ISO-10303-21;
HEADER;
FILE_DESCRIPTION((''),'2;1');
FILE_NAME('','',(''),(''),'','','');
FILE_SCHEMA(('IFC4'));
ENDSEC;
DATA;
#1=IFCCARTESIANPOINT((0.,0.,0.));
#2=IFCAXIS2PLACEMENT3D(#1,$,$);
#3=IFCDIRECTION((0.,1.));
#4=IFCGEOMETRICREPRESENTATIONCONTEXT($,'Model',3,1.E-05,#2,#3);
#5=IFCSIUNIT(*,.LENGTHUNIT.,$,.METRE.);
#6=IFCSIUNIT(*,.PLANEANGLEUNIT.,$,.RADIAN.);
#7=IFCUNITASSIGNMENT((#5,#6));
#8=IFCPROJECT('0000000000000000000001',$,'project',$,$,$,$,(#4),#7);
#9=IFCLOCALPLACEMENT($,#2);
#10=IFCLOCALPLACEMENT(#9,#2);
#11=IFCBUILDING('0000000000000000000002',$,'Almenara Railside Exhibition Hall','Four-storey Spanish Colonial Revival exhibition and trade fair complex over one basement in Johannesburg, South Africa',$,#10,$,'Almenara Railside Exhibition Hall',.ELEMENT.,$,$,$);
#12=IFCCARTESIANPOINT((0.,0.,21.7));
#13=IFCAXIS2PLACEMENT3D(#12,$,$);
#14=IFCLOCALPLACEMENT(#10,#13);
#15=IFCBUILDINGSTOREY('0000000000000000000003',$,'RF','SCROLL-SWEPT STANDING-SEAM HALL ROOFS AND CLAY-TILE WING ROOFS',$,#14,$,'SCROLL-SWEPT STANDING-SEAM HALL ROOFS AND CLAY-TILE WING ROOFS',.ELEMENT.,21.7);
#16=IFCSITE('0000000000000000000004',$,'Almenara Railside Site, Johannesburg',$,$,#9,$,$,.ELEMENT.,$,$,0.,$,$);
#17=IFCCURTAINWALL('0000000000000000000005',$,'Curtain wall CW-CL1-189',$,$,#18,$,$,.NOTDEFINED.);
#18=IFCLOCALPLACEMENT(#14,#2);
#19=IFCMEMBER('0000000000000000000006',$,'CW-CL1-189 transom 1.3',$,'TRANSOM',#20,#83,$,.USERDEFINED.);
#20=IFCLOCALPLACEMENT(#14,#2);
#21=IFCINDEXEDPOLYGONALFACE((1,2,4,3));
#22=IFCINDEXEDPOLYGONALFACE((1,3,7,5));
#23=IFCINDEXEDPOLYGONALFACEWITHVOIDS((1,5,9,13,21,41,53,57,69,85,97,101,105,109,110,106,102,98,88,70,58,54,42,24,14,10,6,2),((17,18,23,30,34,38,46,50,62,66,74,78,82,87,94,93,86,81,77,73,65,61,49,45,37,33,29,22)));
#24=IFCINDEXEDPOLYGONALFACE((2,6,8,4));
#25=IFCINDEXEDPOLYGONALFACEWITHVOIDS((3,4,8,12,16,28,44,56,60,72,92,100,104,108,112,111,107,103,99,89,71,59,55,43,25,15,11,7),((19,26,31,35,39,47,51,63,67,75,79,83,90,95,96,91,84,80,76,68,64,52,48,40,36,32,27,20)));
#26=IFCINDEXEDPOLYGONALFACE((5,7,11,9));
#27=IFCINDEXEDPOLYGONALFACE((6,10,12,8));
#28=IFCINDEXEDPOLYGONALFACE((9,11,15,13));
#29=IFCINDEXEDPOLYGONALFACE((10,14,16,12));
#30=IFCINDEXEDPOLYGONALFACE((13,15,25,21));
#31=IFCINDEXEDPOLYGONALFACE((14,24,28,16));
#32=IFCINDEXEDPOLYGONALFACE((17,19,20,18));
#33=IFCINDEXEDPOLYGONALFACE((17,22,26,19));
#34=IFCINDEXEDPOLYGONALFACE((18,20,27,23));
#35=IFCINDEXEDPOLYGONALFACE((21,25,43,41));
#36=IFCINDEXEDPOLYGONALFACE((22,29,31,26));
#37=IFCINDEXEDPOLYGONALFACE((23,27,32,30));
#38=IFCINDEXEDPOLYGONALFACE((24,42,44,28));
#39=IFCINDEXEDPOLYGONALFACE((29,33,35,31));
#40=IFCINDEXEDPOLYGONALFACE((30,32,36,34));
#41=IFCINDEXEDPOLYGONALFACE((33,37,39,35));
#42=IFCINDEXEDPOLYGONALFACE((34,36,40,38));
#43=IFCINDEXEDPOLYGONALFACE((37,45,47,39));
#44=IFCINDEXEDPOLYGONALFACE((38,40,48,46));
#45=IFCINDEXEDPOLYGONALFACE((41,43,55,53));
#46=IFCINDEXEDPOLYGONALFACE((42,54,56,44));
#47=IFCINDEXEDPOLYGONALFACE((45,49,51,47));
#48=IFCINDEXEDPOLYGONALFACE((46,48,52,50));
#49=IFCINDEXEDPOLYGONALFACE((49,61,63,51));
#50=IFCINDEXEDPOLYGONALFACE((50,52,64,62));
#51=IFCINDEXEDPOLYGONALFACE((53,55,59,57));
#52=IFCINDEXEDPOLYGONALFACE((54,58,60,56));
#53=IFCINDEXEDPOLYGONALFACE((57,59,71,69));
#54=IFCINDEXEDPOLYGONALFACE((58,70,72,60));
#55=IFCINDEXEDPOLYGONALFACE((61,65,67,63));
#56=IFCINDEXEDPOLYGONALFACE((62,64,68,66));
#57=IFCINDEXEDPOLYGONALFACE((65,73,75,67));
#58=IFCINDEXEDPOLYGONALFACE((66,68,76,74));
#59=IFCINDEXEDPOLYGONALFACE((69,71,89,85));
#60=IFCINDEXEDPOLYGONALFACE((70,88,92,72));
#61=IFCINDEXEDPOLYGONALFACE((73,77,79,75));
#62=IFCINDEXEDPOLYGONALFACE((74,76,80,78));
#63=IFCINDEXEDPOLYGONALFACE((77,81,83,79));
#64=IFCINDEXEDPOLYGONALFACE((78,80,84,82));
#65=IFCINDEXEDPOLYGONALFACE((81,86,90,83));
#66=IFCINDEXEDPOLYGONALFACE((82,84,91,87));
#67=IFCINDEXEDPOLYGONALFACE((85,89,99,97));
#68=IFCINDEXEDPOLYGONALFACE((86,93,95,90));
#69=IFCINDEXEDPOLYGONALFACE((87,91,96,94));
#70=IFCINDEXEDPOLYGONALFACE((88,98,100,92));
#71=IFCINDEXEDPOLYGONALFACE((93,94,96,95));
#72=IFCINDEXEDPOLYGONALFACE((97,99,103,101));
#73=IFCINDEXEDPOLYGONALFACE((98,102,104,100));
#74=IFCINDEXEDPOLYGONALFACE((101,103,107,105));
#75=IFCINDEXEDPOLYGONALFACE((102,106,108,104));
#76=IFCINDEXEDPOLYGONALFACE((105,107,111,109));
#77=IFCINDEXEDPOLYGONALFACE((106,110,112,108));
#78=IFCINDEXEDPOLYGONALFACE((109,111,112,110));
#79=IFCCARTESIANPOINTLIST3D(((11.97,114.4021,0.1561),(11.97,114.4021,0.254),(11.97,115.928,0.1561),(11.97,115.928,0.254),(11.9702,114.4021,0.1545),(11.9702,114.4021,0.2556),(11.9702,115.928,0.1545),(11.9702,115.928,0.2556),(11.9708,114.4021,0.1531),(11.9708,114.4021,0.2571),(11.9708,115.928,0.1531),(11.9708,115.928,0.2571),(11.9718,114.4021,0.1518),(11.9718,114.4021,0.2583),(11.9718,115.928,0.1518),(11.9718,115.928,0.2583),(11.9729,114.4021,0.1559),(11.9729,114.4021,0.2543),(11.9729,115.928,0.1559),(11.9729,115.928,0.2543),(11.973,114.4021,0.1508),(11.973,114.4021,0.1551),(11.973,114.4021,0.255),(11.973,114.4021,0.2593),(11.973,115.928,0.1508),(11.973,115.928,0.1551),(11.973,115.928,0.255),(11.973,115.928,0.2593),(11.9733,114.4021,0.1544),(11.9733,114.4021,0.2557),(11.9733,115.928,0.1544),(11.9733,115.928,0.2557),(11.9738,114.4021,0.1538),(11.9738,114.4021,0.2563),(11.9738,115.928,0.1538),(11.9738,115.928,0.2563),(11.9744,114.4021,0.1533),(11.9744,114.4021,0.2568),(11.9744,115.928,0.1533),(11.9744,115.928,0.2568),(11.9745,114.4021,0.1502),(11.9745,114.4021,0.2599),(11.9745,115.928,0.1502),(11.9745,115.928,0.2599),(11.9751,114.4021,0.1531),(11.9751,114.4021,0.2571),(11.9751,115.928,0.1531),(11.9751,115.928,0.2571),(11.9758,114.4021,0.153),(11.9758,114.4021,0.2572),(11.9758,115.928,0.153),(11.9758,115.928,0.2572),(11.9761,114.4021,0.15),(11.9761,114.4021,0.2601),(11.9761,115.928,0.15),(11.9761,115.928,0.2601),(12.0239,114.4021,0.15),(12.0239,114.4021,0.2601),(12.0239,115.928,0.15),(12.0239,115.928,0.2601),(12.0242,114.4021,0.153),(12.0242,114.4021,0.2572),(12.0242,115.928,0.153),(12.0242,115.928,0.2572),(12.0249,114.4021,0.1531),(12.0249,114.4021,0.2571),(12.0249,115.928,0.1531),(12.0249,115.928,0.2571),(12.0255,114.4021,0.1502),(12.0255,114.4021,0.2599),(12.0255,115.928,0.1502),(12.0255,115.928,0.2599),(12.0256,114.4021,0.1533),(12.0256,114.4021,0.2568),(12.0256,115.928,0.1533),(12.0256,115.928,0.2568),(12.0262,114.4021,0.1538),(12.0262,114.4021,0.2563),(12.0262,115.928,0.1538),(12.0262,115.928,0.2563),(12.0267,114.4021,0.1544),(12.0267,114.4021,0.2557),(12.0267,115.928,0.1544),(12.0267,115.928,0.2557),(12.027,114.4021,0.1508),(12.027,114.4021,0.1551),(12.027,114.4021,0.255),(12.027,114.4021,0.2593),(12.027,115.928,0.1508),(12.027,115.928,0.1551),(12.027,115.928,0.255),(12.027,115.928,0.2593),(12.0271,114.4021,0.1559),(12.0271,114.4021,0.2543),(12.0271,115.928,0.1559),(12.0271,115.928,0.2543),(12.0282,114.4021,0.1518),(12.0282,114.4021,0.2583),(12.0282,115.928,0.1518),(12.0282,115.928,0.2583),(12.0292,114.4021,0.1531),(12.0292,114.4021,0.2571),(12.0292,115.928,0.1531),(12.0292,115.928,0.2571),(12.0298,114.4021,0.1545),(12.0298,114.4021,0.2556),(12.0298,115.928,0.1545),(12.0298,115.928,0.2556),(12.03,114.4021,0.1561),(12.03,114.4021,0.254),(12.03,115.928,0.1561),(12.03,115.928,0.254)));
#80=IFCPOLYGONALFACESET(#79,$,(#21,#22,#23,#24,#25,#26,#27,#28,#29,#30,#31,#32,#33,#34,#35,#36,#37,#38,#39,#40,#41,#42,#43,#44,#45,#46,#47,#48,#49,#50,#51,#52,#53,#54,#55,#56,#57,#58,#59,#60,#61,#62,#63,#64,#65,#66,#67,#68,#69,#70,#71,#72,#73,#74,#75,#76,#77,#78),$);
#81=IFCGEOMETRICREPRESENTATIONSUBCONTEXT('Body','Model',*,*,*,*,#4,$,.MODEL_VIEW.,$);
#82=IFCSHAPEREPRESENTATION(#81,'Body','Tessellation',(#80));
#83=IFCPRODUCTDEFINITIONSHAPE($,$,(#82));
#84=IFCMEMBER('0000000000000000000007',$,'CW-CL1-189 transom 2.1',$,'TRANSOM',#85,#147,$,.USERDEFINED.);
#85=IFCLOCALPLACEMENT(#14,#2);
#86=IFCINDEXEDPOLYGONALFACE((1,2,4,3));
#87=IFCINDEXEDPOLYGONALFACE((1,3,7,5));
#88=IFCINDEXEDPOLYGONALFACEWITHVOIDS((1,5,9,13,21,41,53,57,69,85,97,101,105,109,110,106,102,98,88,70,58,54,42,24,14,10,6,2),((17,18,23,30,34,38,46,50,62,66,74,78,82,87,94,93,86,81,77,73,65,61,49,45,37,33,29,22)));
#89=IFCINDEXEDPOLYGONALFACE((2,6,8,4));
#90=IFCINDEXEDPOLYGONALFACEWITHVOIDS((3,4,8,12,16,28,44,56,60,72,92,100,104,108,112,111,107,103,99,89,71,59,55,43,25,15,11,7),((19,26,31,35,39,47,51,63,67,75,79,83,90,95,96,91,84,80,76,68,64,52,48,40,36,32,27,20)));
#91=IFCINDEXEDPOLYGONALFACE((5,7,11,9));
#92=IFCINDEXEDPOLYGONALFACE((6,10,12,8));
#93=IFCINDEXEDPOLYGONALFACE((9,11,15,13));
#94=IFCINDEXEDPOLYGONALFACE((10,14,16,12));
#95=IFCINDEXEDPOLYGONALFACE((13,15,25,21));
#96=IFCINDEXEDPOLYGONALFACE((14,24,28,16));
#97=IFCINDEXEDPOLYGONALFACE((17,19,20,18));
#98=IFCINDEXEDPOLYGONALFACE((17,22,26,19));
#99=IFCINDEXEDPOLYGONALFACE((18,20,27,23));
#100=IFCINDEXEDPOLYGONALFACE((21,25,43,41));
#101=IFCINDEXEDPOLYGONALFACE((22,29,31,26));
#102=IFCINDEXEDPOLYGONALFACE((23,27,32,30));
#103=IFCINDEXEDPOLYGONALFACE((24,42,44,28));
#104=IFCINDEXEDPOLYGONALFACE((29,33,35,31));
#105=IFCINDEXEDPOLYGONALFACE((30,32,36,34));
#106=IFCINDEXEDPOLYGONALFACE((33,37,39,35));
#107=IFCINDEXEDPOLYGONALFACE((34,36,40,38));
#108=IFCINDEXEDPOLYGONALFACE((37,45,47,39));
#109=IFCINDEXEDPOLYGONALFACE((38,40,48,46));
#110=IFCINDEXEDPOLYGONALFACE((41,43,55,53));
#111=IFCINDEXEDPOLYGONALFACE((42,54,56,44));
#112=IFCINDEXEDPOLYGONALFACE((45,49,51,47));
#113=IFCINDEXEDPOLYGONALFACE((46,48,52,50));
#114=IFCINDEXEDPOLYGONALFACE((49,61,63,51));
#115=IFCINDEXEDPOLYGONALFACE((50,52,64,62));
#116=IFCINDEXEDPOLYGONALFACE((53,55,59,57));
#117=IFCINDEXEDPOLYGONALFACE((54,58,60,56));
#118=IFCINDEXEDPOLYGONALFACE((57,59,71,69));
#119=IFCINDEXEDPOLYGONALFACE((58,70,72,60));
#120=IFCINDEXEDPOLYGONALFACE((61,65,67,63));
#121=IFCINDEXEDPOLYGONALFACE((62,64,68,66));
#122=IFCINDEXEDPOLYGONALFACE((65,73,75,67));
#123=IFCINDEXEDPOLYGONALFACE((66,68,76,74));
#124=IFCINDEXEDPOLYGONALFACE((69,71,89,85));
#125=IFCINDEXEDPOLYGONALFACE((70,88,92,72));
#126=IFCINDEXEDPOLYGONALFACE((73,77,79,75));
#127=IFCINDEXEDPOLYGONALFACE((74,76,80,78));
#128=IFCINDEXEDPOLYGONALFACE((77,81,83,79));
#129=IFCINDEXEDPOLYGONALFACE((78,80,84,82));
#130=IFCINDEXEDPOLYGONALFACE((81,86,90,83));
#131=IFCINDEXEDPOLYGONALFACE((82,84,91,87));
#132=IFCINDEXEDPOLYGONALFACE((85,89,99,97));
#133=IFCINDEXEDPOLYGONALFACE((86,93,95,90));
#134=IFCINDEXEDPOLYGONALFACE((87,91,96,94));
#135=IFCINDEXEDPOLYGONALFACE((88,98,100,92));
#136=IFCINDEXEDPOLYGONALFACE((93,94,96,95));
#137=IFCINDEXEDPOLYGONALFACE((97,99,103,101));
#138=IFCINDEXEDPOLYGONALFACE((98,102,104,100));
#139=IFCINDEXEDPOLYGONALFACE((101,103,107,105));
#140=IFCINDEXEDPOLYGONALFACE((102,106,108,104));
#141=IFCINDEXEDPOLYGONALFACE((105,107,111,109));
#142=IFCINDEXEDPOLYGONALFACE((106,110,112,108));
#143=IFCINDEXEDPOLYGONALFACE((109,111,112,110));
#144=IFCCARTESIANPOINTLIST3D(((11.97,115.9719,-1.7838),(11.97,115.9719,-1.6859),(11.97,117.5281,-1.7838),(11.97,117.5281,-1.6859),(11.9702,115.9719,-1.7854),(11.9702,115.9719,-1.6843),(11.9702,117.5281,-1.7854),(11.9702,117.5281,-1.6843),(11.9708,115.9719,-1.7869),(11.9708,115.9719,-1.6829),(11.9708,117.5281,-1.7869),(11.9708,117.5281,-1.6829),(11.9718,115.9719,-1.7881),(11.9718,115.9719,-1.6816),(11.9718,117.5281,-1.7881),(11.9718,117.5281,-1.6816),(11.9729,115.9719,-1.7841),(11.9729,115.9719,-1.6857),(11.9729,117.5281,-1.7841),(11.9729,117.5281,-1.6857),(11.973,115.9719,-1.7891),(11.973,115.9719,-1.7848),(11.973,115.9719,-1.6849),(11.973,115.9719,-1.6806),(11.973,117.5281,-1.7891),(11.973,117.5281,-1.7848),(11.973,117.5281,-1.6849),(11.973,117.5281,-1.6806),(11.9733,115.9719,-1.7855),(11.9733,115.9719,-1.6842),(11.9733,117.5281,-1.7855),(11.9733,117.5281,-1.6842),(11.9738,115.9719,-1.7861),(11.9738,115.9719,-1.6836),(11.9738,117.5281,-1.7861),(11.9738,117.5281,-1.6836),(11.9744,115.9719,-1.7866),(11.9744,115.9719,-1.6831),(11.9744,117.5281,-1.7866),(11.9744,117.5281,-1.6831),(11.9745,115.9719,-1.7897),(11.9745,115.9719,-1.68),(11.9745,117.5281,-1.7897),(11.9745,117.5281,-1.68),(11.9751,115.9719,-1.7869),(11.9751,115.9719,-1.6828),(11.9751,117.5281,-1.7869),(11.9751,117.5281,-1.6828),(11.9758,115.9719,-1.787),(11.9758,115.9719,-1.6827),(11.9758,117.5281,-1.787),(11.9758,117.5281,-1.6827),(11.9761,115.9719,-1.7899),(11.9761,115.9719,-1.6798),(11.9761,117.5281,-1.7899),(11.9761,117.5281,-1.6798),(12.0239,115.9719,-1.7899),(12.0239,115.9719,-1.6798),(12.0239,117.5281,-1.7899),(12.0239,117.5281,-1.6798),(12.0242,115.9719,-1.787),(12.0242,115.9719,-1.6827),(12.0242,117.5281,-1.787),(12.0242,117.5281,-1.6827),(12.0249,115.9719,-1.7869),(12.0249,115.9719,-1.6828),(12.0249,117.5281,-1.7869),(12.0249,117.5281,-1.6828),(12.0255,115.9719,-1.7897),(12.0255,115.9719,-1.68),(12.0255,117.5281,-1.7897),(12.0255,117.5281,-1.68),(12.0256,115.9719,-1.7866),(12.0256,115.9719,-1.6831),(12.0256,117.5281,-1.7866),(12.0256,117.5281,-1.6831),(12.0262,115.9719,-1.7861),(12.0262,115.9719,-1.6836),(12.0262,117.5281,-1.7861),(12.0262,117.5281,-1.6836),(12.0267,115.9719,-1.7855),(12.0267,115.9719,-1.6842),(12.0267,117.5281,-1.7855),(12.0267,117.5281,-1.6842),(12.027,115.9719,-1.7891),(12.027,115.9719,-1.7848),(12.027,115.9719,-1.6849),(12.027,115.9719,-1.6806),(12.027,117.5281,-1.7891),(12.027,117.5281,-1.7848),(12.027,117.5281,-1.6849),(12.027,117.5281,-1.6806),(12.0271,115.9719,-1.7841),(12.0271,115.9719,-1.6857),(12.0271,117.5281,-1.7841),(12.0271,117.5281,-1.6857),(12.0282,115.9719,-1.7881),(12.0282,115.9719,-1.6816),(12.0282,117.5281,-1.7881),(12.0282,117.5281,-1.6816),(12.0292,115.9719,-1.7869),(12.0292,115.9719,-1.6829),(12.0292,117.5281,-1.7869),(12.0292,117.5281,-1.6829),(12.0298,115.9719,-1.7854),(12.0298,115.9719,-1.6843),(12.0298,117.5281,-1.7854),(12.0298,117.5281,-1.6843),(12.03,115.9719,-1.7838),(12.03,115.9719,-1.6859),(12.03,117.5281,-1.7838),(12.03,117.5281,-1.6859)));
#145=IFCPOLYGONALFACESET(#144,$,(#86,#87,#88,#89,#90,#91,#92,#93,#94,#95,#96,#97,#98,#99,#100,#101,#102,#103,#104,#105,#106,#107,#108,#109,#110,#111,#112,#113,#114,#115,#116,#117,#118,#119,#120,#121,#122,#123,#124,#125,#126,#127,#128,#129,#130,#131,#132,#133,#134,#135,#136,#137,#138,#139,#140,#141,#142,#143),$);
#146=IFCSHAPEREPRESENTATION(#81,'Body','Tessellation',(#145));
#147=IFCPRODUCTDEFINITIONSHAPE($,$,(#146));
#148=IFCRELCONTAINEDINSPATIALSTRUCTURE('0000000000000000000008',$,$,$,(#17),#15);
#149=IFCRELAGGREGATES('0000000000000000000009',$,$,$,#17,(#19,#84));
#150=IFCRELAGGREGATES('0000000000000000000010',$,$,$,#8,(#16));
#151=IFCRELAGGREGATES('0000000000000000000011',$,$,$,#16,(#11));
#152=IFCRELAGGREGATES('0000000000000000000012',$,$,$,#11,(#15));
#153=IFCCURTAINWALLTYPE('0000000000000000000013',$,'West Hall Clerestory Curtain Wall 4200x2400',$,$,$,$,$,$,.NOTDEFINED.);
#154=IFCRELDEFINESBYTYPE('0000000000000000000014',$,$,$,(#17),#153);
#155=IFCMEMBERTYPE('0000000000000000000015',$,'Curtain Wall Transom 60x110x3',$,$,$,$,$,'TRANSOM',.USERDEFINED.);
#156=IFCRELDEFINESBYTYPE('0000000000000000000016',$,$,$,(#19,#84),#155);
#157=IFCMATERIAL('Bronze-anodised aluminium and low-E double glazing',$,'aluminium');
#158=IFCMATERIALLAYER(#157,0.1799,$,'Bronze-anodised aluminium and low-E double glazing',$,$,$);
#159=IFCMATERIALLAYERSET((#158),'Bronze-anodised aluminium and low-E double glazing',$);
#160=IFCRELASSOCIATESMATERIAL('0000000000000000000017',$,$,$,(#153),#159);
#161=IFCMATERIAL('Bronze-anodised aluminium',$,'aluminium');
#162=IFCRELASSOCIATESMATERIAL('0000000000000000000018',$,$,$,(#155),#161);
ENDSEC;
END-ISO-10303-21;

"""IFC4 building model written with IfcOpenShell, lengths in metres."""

from ifc_helpers import new_model, si_unit, direction, frame, origin, origin_2d, place, context, subcontext, project, spatial, hollow_rectangle, extrude, material, layer, layer_set, material_profile, profile_set, type_object, element, aggregate, save


model = new_model("IFC4")

# Units and contexts
model_context = context("Model", 3, precision=1e-05, world=origin(), true_north=direction((0.0, 1.0)))
body_context = subcontext(model_context, "Body", "Model", "MODEL_VIEW")
ifc_project = project(units=[si_unit("LENGTHUNIT", "METRE"), si_unit("PLANEANGLEUNIT", "RADIAN")], contexts=[model_context])

# Site, building, storey
site_placement = place(None, origin())
site = spatial("IfcSite", under=ifc_project, at=site_placement, Name="Almenara Railside Site, Johannesburg", CompositionType="ELEMENT", RefElevation=0.0)
building_placement = place(site_placement, origin())
building = spatial("IfcBuilding", under=site, at=building_placement, Name="Almenara Railside Exhibition Hall", Description="Four-storey Spanish Colonial Revival exhibition and trade fair complex over one basement in Johannesburg, South Africa", LongName="Almenara Railside Exhibition Hall", CompositionType="ELEMENT")
storey_placement = place(building_placement, frame((0.0, 0.0, 21.7)))
storey = spatial("IfcBuildingStorey", under=building, at=storey_placement, Name="RF", Description="SCROLL-SWEPT STANDING-SEAM HALL ROOFS AND CLAY-TILE WING ROOFS", LongName="SCROLL-SWEPT STANDING-SEAM HALL ROOFS AND CLAY-TILE WING ROOFS", CompositionType="ELEMENT", Elevation=21.7)

# Curtain wall
ifc_material_1 = material(Name="Bronze-anodised aluminium and low-E double glazing", Category="aluminium")
ifc_layer_1 = layer(ifc_material_1, 0.1799, Name="Bronze-anodised aluminium and low-E double glazing")
ifc_layer_set_1 = layer_set([ifc_layer_1], Name="Bronze-anodised aluminium and low-E double glazing")
curtain_wall_type = type_object("IfcCurtainWallType", Name="West Hall Clerestory Curtain Wall 4200x2400", PredefinedType="NOTDEFINED", material=ifc_layer_set_1)
curtain_wall_1_placement = place(storey_placement, origin())
curtain_wall_1 = element("IfcCurtainWall", 1, at=curtain_wall_1_placement, inside=storey, type_object=curtain_wall_type, Name="Curtain wall CW-CL1-189", PredefinedType="NOTDEFINED")
ifc_material_2 = material(Name="Bronze-anodised aluminium", Category="aluminium")

# Members
ifc_material_profile_1 = material_profile(ifc_material_2, hollow_rectangle(XDim=0.0601, YDim=0.1101, WallThickness=0.0029, InnerFilletRadius=0.0029, OuterFilletRadius=0.0061, at=origin_2d()), Name="ALU-TRN 60x110x3")
ifc_profile_set_1 = profile_set([ifc_material_profile_1], Name="Bronze-anodised aluminium")
member_type_1 = type_object("IfcMemberType", Name="Curtain Wall Transom 60x110x3", ElementType="TRANSOM", PredefinedType="USERDEFINED", material=ifc_profile_set_1)
member_1_placement = place(storey_placement, frame((12.0, 114.4021, 0.2051), z_axis=(0.0, 1.0, 0.0), x_axis=(-1.0, 0.0, 0.0)))
member_1 = element("IfcMember", 2, at=member_1_placement, type_object=member_type_1, Name="CW-CL1-189 transom 1.3", ObjectType="TRANSOM", PredefinedType="USERDEFINED", context=body_context, shape_type="SweptSolid", body=[
    extrude(hollow_rectangle(XDim=0.0601, YDim=0.1101, WallThickness=0.0029, InnerFilletRadius=0.0029, OuterFilletRadius=0.0061, at=origin_2d()), origin(), (0.0, 0.0, 1.0), 1.5259),
])
member_2_placement = place(storey_placement, frame((12.0, 115.9719, -1.7349), z_axis=(0.0, 1.0, 0.0), x_axis=(-1.0, 0.0, 0.0)))
member_2 = element("IfcMember", 3, at=member_2_placement, type_object=member_type_1, Name="CW-CL1-189 transom 2.1", ObjectType="TRANSOM", PredefinedType="USERDEFINED", context=body_context, shape_type="SweptSolid", body=[
    extrude(hollow_rectangle(XDim=0.0601, YDim=0.1101, WallThickness=0.0029, InnerFilletRadius=0.0029, OuterFilletRadius=0.0061, at=origin_2d()), origin(), (0.0, 0.0, 1.0), 1.5562),
])

aggregate(curtain_wall_1, [member_1, member_2])

save(model, "model.ifc")
